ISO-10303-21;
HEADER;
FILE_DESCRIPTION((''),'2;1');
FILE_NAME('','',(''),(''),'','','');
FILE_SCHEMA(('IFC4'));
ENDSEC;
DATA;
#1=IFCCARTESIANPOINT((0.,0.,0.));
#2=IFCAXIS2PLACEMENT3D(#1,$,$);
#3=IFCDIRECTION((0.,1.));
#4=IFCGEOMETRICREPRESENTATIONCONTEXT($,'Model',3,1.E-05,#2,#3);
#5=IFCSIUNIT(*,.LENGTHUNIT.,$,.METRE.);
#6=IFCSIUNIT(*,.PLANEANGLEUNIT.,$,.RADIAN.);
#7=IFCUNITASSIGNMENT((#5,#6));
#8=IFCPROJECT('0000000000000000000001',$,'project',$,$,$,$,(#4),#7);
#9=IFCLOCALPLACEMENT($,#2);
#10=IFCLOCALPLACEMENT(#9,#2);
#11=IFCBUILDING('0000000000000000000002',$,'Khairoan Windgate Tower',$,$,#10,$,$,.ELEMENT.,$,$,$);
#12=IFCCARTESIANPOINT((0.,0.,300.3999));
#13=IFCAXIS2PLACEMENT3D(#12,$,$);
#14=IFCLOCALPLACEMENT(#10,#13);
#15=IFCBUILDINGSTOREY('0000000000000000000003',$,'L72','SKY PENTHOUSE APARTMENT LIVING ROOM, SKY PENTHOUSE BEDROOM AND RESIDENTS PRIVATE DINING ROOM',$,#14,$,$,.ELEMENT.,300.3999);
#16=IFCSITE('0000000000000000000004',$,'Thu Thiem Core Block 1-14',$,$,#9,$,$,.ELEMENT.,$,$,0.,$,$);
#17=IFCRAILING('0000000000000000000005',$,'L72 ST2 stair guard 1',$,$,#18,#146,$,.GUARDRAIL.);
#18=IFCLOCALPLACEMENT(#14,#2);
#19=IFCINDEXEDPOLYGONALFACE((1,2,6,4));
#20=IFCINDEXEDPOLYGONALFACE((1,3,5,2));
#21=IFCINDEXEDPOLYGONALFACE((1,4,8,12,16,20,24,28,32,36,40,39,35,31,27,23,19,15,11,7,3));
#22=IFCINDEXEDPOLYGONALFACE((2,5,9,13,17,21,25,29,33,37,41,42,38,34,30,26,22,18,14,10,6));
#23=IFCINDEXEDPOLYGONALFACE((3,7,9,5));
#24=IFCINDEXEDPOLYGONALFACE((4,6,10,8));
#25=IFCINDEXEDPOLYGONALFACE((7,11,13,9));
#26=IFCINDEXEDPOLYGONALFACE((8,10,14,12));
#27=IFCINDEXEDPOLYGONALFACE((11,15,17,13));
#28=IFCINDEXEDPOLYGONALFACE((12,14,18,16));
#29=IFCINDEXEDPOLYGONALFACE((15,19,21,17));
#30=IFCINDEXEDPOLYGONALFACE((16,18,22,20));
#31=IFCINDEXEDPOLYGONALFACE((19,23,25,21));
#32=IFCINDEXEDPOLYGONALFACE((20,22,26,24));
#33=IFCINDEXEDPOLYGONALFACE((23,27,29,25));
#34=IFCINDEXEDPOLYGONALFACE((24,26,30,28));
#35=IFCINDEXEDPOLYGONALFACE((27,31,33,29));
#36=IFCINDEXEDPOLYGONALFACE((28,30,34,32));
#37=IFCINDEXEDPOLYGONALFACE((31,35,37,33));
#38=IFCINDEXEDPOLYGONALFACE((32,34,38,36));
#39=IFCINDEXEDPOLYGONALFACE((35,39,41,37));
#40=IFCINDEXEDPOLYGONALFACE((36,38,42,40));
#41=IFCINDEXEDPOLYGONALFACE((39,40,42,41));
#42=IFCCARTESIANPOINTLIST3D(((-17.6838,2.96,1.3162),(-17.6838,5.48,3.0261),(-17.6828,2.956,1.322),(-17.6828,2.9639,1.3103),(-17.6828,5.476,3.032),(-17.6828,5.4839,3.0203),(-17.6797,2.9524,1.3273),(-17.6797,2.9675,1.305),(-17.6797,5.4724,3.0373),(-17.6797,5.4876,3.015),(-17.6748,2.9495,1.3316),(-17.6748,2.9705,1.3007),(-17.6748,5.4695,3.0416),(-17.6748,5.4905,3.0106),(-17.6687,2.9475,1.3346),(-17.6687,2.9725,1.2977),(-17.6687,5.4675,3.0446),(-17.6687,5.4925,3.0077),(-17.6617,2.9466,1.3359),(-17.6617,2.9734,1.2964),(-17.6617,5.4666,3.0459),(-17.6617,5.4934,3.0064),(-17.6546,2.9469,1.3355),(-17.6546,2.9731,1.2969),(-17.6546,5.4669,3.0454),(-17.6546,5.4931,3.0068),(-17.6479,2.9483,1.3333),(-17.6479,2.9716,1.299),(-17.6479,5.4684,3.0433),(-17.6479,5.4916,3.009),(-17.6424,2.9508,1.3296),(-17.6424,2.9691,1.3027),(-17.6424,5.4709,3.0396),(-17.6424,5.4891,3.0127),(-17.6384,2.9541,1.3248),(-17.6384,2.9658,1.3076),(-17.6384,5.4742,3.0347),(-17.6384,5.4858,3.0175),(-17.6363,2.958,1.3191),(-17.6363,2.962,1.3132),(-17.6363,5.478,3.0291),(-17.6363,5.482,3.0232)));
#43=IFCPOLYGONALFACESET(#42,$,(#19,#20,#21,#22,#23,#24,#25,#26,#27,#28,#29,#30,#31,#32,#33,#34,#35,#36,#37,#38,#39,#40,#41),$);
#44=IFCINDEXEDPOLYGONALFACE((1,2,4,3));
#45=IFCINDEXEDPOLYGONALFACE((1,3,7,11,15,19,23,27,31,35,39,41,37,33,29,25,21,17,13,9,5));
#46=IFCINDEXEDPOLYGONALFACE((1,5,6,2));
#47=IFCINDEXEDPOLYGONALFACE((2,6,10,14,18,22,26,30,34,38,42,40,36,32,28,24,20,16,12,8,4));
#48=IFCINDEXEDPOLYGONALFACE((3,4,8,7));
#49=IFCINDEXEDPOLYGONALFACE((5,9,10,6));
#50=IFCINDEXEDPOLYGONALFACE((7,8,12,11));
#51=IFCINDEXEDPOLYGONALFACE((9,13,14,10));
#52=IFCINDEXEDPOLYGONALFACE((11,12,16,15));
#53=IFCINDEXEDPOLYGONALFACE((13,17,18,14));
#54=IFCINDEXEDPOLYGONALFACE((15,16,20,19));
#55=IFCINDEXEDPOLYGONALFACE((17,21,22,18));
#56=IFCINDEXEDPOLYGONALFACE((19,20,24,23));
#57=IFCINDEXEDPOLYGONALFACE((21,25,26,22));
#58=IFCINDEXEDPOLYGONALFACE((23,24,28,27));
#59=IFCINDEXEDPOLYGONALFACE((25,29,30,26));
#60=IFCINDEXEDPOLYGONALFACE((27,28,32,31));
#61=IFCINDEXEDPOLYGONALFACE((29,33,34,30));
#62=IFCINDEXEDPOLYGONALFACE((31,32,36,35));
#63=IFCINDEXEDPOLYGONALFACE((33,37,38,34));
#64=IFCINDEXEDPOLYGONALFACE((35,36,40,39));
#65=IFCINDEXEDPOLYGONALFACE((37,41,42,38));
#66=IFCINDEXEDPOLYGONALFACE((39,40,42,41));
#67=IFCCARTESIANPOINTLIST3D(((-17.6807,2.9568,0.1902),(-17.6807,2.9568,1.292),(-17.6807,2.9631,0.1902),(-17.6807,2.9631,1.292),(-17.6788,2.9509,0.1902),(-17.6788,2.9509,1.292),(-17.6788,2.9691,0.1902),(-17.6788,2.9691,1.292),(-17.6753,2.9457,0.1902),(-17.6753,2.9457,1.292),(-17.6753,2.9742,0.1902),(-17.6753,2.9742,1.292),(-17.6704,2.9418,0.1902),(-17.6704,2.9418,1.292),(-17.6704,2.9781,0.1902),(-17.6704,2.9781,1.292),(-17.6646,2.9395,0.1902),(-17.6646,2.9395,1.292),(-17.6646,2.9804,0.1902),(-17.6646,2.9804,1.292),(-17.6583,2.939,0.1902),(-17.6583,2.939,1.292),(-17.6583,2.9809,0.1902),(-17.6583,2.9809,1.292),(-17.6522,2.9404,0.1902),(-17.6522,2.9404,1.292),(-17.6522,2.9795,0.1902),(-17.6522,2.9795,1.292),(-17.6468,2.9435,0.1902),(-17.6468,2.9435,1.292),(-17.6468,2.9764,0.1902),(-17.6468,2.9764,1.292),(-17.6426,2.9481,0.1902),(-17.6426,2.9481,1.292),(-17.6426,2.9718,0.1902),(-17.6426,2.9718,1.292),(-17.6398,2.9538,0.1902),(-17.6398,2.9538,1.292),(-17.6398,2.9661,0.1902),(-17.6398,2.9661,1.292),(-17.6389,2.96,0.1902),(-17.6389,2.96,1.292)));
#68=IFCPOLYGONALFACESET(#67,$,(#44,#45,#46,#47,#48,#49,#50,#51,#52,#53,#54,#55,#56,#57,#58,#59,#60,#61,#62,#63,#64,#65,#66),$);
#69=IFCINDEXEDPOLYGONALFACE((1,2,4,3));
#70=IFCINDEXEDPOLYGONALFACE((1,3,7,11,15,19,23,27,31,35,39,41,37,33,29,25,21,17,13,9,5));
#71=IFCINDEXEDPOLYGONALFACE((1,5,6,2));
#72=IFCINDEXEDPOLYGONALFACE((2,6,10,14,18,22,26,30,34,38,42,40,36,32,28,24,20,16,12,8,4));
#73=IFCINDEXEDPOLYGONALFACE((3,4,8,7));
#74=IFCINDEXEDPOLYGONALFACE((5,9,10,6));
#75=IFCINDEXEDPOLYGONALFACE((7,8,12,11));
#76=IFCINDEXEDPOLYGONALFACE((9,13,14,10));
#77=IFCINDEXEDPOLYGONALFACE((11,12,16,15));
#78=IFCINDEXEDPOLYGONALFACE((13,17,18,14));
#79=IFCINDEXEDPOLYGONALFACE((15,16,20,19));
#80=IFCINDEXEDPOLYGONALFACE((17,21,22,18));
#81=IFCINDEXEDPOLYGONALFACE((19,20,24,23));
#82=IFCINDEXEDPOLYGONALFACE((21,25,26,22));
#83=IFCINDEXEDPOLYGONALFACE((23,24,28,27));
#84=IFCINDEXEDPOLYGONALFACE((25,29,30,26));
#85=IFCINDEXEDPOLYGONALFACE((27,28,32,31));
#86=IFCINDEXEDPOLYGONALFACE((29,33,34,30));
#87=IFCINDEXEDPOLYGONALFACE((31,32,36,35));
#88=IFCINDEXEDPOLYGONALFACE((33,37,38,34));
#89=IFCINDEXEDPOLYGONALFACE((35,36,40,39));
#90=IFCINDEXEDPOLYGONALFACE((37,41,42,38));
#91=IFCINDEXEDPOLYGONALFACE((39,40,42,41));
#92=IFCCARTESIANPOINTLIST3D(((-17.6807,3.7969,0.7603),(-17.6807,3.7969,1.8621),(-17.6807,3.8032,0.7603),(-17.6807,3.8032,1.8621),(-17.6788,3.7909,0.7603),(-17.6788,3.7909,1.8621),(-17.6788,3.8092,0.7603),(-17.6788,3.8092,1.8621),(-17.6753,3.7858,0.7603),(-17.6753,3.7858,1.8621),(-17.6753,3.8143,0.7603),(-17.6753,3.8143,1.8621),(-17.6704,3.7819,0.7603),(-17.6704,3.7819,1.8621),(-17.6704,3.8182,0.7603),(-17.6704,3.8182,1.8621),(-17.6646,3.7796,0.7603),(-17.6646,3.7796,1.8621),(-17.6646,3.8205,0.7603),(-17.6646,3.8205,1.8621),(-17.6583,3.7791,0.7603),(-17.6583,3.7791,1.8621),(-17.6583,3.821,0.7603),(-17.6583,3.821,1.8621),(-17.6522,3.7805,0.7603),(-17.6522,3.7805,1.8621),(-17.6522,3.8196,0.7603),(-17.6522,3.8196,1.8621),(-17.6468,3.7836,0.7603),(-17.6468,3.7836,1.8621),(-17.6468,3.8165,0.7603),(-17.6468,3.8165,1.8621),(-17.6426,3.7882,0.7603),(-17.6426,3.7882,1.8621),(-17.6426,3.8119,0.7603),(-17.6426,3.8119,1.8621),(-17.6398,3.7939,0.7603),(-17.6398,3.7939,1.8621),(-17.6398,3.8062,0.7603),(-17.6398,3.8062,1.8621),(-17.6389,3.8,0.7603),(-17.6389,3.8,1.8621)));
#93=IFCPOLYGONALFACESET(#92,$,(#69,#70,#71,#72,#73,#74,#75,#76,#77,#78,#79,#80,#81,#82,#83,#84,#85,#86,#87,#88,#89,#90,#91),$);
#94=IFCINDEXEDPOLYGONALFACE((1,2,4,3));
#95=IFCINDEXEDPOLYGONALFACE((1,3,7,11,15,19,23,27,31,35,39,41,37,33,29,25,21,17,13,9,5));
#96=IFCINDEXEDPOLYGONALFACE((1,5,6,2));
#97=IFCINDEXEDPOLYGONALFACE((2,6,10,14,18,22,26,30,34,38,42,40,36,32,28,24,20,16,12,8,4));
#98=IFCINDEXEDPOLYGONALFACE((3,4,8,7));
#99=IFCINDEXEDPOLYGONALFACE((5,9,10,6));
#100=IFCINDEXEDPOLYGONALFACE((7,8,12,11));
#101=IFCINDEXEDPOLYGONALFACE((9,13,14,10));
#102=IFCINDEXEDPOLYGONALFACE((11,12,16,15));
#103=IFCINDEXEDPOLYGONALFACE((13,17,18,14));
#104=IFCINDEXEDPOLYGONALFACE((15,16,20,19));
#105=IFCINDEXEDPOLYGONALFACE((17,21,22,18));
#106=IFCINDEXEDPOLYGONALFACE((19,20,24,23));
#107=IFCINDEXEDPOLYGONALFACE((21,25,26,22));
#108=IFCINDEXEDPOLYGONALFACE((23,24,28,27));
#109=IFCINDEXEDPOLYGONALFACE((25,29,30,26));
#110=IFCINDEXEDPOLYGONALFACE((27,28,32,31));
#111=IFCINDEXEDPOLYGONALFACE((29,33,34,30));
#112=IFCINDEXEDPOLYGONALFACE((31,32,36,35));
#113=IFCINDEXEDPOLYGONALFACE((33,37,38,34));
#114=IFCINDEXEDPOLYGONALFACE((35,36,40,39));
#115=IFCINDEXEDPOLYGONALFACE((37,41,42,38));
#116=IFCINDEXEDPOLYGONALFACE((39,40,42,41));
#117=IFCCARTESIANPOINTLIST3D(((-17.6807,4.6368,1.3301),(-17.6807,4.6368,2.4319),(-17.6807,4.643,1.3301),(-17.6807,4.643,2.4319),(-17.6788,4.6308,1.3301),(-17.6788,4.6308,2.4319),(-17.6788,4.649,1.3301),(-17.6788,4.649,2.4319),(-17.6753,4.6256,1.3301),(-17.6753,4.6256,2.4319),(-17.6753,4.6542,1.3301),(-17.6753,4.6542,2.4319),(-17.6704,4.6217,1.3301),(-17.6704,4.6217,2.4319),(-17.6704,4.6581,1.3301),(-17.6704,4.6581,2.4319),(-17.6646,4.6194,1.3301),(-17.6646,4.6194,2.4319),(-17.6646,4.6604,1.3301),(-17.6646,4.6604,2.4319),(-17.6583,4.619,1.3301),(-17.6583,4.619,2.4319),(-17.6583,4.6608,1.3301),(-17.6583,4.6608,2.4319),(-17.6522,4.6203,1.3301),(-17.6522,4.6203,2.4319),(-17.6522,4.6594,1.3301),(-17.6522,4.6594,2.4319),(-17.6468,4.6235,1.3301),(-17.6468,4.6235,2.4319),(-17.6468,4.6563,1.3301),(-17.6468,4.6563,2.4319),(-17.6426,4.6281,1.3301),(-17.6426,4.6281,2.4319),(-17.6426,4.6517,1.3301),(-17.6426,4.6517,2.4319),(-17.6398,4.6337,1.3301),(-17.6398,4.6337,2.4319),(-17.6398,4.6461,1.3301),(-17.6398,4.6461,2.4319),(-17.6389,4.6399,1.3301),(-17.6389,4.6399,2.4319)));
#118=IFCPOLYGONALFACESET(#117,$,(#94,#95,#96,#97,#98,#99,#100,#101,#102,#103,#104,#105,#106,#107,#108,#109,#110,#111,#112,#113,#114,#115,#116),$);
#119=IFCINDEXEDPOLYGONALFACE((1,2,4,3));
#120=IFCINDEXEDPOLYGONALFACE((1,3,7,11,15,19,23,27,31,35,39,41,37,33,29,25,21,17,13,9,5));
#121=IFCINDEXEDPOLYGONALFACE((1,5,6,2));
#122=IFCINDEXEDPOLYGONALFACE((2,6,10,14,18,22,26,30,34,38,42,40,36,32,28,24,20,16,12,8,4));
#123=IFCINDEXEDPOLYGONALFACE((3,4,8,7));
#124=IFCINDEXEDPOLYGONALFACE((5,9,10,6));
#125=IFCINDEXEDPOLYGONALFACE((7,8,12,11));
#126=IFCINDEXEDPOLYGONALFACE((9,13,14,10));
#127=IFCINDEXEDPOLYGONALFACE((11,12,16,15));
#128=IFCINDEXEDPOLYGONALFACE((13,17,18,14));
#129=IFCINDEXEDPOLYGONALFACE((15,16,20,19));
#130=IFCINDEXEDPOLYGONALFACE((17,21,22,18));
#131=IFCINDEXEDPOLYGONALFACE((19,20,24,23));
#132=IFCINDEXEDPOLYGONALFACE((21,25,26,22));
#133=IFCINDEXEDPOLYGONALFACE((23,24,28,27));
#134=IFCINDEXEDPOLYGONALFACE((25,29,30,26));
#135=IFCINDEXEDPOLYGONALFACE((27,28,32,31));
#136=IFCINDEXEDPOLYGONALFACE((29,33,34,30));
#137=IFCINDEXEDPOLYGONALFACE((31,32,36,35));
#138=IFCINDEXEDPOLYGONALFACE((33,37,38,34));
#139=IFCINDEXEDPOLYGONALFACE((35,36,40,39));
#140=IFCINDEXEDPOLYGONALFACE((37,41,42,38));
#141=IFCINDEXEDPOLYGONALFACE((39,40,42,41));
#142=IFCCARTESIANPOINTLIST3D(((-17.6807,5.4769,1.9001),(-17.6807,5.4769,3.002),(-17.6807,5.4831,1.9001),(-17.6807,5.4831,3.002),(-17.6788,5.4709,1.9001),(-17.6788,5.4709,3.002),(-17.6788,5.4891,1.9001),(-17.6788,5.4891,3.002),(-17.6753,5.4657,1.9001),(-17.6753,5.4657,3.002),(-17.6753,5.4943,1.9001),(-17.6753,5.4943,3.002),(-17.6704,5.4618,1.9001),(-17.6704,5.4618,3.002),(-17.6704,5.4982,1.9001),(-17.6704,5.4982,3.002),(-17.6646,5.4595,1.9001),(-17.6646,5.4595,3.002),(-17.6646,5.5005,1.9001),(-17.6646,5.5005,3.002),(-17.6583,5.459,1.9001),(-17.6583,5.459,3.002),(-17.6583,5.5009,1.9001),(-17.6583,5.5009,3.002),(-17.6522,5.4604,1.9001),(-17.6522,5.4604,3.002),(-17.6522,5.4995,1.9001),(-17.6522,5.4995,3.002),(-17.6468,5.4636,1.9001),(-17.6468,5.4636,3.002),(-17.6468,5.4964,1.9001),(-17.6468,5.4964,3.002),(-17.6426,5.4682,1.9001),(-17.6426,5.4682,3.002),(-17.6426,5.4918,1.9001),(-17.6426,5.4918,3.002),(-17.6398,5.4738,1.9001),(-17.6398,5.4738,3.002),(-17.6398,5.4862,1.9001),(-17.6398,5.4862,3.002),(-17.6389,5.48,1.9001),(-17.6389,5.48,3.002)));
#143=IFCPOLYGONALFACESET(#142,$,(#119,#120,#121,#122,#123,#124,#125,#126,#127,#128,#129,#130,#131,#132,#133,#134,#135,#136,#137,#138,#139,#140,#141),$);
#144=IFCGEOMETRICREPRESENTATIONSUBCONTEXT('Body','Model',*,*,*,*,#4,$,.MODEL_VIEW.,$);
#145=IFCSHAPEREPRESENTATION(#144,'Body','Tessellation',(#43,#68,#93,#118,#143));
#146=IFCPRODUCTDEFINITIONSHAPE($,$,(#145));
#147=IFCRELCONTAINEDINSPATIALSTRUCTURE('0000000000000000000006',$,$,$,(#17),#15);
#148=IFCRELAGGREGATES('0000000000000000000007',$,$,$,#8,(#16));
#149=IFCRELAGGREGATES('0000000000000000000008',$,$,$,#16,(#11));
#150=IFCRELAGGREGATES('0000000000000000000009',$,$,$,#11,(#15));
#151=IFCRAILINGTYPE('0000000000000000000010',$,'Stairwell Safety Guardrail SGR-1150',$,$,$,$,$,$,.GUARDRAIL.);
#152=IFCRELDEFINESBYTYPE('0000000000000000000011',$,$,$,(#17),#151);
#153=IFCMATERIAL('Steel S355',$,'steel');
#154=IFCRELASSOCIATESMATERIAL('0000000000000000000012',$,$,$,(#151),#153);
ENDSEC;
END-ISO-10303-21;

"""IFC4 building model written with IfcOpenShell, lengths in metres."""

from ifc_helpers import new_model, si_unit, direction, frame, origin, origin_2d, place, context, subcontext, project, spatial, circle, extrude, material, type_object, element, save


model = new_model("IFC4")

# Units and contexts
model_context = context("Model", 3, precision=1e-05, world=origin(), true_north=direction((0.0, 1.0)))
body_context = subcontext(model_context, "Body", "Model", "MODEL_VIEW")
ifc_project = project(units=[si_unit("LENGTHUNIT", "METRE"), si_unit("PLANEANGLEUNIT", "RADIAN")], contexts=[model_context])

# Site, building, storey
site_placement = place(None, origin())
site = spatial("IfcSite", under=ifc_project, at=site_placement, Name="Thu Thiem Core Block 1-14", CompositionType="ELEMENT", RefElevation=0.0)
building_placement = place(site_placement, origin())
building = spatial("IfcBuilding", under=site, at=building_placement, Name="Khairoan Windgate Tower", CompositionType="ELEMENT")
storey_placement = place(building_placement, frame((0.0, 0.0, 300.3999)))
storey = spatial("IfcBuildingStorey", under=building, at=storey_placement, Name="L72", Description="SKY PENTHOUSE APARTMENT LIVING ROOM, SKY PENTHOUSE BEDROOM AND RESIDENTS PRIVATE DINING ROOM", CompositionType="ELEMENT", Elevation=300.3999)

# Railing
ifc_material_1 = material(Name="Steel S355", Category="steel")
railing_type_1 = type_object("IfcRailingType", Name="Stairwell Safety Guardrail SGR-1150", PredefinedType="GUARDRAIL", material=ifc_material_1)
railing_1_placement = place(storey_placement, frame((-17.6599, 2.96, 0.1902)))
element("IfcRailing", 1, at=railing_1_placement, inside=storey, type_object=railing_type_1, Name="L72 ST2 stair guard 1", PredefinedType="GUARDRAIL", context=body_context, shape_type="SweptSolid", body=[
    extrude(circle(Radius=0.0239, at=origin_2d()), frame((0.0, 0.0, 1.126), z_axis=(0.0, 0.827484, 0.56149), x_axis=(-1.0, 0.0, 0.0)), (0.0, 0.0, 1.0), 3.0454),
    extrude(circle(Radius=0.021, at=origin_2d()), origin(), (0.0, 0.0, 1.0), 1.1018),
    extrude(circle(Radius=0.021, at=origin_2d()), frame((0.0, 0.8401, 0.5701)), (0.0, 0.0, 1.0), 1.1018),
    extrude(circle(Radius=0.021, at=origin_2d()), frame((0.0, 1.6799, 1.1399)), (0.0, 0.0, 1.0), 1.1018),
    extrude(circle(Radius=0.021, at=origin_2d()), frame((0.0, 2.52, 1.71)), (0.0, 0.0, 1.0), 1.1018),
])

save(model, "model.ifc")
